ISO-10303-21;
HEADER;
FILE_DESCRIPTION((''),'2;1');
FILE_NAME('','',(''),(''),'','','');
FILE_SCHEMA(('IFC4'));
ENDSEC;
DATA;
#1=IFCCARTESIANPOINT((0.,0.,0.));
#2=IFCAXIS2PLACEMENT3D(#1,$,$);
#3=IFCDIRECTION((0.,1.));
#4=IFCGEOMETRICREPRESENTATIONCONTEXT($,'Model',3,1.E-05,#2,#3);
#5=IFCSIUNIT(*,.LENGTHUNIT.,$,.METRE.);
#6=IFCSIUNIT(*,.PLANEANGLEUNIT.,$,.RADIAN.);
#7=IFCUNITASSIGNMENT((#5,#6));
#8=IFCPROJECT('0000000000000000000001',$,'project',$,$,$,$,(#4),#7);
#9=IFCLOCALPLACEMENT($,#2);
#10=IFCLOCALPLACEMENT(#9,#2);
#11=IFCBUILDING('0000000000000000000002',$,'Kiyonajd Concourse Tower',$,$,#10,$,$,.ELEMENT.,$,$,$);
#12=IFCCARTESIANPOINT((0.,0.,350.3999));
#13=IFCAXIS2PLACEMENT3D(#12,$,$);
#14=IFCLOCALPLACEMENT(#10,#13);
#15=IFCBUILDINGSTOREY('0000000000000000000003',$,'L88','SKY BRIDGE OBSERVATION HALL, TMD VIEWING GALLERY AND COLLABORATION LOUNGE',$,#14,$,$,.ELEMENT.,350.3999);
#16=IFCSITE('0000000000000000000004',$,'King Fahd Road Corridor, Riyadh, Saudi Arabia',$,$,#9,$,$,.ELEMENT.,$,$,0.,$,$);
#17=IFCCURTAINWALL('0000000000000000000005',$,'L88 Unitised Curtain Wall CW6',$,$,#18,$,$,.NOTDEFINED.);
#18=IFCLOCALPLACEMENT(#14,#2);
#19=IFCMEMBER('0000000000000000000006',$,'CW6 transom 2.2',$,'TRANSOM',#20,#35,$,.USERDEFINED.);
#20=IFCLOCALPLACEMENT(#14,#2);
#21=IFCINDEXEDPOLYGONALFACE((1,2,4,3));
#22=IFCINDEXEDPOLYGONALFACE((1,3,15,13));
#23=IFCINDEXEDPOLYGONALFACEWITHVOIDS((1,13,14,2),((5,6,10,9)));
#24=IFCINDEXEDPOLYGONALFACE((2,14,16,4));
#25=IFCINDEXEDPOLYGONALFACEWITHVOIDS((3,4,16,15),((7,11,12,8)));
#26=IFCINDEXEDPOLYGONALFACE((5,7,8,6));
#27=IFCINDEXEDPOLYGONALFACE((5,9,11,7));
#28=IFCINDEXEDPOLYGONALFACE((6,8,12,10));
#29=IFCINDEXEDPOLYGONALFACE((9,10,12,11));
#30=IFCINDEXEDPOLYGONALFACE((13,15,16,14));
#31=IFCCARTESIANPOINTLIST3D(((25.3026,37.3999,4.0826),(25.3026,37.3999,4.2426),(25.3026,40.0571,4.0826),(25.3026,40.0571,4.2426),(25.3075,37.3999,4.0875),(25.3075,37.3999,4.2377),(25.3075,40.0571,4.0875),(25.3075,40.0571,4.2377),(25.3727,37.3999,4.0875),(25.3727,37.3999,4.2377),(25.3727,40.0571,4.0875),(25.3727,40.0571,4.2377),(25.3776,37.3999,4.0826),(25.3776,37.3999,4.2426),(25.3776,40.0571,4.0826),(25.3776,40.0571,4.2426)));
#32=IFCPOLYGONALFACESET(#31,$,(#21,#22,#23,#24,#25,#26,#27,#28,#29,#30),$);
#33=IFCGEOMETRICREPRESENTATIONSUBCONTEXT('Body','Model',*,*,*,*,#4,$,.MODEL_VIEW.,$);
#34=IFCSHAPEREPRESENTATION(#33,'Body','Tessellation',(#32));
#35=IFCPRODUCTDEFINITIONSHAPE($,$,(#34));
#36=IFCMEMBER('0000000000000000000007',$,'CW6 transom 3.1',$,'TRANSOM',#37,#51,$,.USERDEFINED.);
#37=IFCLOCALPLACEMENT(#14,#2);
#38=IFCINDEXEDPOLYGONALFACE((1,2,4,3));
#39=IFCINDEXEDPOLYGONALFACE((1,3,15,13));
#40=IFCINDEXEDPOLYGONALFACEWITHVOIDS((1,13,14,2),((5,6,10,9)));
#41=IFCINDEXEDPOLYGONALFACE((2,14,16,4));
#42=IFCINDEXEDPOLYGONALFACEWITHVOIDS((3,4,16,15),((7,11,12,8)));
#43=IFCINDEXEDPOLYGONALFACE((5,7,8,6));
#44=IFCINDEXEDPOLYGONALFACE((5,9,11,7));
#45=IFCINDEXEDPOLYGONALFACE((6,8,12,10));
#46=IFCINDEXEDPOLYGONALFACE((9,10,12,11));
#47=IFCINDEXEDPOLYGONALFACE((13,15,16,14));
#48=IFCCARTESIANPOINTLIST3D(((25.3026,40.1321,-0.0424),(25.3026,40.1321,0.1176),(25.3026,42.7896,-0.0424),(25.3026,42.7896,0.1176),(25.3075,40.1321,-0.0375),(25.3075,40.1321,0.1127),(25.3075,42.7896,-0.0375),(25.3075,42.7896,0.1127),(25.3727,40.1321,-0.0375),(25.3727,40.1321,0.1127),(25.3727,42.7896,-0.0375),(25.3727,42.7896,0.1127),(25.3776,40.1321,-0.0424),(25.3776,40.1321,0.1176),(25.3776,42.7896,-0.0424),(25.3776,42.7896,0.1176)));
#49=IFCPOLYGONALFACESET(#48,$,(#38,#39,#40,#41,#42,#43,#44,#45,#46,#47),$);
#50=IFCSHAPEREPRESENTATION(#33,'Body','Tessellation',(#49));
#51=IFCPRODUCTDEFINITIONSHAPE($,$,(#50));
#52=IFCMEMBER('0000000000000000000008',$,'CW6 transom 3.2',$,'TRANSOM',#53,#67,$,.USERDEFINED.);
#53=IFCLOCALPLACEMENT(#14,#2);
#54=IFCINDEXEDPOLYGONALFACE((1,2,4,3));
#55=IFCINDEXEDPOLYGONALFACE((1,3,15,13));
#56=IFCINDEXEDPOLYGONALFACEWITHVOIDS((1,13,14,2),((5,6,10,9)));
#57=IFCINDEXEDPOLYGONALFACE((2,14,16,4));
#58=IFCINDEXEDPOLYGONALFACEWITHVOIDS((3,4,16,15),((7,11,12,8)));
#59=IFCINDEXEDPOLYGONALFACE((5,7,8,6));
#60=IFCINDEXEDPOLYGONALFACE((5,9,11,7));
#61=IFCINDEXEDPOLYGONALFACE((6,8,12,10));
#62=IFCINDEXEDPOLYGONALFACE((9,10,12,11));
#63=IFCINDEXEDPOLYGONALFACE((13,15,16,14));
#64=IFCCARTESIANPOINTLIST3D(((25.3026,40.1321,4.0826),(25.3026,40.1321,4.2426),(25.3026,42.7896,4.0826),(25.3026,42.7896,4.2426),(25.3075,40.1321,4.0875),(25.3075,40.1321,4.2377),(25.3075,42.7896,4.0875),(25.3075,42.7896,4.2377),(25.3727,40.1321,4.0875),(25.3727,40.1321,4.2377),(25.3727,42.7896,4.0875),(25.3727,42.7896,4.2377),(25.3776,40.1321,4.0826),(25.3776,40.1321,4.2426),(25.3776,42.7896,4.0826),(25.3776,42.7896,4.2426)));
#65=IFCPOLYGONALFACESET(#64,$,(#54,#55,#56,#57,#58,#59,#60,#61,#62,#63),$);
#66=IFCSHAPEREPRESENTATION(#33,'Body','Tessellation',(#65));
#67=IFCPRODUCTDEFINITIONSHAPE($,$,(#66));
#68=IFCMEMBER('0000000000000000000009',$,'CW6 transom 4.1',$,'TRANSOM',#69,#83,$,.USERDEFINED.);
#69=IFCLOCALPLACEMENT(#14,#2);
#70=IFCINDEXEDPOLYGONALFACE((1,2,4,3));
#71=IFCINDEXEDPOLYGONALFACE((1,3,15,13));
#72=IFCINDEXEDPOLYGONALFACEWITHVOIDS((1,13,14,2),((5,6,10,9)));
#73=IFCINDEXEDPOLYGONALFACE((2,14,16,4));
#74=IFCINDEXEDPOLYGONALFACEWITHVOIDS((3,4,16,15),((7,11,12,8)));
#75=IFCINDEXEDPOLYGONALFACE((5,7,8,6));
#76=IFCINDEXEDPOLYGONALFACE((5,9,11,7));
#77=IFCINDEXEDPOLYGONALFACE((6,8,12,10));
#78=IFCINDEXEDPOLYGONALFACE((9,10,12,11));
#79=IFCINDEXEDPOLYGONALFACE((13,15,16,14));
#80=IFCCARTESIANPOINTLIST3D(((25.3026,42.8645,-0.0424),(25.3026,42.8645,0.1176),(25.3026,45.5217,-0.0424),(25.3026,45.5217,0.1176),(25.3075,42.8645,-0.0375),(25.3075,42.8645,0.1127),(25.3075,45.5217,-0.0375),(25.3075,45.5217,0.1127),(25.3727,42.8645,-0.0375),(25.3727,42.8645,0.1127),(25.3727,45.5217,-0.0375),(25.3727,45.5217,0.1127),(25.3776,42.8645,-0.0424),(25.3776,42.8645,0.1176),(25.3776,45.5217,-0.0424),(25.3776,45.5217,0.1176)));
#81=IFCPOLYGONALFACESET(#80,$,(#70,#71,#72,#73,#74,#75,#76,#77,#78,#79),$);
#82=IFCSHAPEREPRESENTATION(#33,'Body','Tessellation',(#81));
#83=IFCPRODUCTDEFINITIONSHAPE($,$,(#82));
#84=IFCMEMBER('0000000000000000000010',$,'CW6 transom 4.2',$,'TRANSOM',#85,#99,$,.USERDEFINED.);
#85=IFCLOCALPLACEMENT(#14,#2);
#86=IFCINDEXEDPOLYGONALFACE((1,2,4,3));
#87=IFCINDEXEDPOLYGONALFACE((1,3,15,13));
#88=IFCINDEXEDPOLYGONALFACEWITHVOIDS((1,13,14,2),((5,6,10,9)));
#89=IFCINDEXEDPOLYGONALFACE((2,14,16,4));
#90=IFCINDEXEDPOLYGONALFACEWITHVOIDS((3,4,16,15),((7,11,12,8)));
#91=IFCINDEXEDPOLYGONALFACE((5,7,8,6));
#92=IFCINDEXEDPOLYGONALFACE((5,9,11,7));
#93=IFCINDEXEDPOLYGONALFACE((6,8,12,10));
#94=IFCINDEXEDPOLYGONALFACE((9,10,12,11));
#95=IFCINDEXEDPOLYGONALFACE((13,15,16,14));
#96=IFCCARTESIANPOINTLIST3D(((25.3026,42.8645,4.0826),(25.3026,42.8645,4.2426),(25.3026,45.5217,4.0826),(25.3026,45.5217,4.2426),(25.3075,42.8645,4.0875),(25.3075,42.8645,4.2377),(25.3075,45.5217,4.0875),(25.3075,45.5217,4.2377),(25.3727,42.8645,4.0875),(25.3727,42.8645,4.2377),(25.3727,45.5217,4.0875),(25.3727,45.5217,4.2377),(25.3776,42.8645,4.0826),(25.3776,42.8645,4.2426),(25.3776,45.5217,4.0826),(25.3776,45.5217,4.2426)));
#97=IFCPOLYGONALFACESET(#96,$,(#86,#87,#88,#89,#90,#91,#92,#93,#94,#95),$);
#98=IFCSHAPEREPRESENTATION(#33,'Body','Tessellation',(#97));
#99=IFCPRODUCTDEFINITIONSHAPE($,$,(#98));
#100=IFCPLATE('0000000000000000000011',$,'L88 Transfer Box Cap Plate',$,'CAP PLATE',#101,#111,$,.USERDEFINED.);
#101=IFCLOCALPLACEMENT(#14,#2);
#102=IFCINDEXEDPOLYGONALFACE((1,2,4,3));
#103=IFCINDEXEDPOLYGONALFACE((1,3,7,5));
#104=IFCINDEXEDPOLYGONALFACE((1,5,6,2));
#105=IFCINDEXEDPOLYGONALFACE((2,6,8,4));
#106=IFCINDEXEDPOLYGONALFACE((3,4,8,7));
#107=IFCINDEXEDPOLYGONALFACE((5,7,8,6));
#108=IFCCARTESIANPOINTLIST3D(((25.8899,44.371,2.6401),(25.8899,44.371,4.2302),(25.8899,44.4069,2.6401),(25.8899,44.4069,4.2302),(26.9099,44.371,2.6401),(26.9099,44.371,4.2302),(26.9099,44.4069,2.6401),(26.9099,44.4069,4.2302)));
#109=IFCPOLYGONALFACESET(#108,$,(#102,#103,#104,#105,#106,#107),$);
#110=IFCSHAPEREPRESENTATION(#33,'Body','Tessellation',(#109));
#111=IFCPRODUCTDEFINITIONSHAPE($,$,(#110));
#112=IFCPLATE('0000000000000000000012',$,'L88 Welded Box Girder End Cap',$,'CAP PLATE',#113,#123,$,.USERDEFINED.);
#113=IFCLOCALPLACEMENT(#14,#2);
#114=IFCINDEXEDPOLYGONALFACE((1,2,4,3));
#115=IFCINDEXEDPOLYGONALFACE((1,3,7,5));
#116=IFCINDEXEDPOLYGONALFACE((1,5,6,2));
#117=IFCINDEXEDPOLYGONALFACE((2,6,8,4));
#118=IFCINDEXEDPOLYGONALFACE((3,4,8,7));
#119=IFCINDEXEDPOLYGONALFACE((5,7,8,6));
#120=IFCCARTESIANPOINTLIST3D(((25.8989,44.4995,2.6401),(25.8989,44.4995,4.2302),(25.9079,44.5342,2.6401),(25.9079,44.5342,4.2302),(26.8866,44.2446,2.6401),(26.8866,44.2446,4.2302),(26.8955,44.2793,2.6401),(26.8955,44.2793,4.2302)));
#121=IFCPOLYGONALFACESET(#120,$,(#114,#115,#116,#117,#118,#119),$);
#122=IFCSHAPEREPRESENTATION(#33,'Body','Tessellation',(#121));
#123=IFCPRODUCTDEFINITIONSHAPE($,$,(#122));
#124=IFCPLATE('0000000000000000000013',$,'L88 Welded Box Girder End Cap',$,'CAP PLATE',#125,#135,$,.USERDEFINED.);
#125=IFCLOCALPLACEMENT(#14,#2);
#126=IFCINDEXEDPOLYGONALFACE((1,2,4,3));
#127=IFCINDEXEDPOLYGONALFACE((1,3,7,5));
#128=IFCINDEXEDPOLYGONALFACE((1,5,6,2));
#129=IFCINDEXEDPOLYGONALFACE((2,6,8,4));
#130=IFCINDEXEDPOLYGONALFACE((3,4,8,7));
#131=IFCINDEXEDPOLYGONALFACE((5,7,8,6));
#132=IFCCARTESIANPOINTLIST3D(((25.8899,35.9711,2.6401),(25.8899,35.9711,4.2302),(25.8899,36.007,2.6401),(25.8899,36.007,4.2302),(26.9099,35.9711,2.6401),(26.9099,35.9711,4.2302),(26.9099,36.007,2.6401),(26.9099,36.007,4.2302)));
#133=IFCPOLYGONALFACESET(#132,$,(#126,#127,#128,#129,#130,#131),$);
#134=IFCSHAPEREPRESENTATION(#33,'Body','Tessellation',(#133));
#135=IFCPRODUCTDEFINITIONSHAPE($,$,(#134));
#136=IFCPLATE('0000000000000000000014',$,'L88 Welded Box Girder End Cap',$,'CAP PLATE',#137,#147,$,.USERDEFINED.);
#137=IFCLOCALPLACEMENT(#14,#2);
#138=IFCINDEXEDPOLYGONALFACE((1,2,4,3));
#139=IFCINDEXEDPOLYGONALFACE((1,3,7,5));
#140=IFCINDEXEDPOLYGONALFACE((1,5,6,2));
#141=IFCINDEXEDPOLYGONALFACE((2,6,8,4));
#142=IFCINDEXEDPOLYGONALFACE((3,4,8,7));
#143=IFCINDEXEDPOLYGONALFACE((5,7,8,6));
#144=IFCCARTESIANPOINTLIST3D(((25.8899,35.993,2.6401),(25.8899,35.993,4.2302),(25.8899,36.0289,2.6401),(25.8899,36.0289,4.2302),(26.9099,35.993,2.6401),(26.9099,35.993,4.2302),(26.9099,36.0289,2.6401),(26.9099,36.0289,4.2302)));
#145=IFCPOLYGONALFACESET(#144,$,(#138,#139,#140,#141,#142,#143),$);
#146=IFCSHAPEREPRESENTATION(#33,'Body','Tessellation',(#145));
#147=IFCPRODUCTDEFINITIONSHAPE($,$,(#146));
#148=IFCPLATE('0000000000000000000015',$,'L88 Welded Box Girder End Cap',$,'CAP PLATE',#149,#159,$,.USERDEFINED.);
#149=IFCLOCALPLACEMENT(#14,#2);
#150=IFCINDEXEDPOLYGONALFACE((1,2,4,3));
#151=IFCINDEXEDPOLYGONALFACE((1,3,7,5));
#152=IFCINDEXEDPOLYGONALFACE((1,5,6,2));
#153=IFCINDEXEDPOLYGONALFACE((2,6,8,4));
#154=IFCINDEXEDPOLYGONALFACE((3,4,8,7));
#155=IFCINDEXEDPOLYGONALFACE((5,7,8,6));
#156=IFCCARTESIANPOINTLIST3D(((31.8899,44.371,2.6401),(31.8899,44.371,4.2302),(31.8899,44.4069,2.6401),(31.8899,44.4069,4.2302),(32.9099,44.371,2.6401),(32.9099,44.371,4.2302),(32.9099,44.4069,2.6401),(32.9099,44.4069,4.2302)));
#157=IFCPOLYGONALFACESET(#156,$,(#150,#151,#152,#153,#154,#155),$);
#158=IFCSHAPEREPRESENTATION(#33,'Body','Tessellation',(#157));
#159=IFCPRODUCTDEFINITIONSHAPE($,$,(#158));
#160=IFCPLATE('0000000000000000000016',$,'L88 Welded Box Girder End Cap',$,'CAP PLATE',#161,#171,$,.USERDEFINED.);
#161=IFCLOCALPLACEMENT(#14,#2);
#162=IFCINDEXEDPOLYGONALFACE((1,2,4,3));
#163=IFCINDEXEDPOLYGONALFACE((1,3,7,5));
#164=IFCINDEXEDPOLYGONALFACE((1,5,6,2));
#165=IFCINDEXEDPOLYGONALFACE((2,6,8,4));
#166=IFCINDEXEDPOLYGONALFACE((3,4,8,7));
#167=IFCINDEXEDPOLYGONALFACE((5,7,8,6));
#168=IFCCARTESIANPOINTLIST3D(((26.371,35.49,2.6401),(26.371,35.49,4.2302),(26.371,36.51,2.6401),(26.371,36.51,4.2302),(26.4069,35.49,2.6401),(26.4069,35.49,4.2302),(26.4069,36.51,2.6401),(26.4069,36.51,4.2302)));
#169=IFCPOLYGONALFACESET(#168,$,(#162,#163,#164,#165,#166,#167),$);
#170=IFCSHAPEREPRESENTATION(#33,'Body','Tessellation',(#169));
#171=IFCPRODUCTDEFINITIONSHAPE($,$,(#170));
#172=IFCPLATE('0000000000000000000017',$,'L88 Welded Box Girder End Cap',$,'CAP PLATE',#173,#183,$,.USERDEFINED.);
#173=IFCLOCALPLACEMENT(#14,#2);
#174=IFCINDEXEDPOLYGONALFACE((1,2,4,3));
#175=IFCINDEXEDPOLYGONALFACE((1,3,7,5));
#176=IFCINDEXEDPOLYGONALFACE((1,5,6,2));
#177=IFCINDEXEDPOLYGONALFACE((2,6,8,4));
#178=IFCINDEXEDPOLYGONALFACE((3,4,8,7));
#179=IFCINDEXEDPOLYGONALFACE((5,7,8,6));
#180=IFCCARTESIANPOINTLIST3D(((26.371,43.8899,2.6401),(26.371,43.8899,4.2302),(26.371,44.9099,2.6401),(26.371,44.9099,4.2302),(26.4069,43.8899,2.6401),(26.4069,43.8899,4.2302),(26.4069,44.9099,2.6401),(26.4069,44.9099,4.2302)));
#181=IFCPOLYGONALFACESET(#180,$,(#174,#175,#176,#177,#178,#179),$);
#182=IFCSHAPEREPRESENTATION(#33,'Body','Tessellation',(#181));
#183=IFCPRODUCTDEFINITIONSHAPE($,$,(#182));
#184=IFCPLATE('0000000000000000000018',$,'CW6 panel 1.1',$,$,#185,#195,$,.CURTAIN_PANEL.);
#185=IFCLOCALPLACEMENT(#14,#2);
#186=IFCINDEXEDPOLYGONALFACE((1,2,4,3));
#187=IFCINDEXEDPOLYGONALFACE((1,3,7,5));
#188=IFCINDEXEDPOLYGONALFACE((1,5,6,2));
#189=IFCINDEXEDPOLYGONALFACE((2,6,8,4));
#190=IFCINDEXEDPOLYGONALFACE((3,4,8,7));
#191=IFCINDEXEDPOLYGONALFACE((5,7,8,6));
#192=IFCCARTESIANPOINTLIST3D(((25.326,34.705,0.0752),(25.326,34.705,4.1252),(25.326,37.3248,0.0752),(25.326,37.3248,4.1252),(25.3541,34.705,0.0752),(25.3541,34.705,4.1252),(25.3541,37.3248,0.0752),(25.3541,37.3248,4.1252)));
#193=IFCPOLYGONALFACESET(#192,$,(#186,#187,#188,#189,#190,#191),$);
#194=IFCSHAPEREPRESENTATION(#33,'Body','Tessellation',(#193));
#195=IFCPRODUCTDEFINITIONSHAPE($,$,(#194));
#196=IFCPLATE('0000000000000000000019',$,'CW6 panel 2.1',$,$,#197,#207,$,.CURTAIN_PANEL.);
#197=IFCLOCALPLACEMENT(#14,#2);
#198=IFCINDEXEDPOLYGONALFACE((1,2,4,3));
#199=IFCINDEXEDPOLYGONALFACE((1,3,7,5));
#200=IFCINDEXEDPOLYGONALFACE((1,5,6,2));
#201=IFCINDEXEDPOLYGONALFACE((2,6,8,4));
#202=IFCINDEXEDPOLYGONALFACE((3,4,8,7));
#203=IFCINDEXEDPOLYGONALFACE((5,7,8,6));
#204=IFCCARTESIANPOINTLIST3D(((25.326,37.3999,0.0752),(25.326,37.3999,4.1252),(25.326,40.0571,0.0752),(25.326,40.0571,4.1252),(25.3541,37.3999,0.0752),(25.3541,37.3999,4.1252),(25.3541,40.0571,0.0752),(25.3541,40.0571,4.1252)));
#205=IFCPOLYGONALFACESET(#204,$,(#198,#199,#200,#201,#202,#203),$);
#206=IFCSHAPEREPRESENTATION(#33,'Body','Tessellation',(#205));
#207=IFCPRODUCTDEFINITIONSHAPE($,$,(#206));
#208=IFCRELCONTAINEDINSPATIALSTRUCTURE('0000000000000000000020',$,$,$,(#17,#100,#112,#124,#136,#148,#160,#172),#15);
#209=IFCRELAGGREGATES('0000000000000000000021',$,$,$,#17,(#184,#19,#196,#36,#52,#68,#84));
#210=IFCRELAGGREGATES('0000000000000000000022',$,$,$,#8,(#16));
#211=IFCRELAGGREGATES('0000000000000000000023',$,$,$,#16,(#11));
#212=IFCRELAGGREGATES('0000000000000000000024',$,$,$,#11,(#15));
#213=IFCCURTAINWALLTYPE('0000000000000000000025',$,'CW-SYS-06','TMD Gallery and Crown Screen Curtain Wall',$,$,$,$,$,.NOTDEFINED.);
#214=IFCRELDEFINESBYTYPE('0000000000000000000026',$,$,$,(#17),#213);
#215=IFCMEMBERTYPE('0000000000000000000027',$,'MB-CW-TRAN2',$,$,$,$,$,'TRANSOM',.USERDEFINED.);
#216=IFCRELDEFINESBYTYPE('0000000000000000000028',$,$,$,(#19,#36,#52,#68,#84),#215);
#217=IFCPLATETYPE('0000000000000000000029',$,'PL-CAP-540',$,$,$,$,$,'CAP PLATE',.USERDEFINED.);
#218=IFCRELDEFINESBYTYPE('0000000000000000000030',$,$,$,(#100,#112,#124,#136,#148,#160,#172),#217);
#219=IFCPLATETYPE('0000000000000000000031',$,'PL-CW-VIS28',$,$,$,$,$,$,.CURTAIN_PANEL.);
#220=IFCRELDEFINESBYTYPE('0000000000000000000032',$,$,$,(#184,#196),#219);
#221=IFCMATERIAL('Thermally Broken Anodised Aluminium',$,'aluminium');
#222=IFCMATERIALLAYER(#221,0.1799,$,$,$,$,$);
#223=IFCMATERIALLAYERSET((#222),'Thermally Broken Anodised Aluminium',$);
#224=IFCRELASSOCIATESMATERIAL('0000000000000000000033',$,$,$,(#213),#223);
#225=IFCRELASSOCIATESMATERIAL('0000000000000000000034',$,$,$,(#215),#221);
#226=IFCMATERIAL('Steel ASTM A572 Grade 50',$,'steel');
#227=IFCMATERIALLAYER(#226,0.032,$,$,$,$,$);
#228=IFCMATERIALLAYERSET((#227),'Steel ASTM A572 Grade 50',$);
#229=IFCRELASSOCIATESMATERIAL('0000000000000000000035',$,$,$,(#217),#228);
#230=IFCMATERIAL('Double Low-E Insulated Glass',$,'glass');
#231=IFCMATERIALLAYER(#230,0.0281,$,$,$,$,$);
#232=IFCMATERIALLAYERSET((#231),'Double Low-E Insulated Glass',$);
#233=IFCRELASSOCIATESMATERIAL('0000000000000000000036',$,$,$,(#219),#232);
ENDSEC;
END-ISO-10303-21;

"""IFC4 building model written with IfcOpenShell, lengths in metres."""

from ifc_helpers import new_model, si_unit, direction, frame, origin, origin_2d, place, context, subcontext, project, spatial, rectangle, hollow_rectangle, extrude, material, layer, layer_set, material_profile, profile_set, type_object, element, aggregate, save


model = new_model("IFC4")

# Units and contexts
model_context = context("Model", 3, precision=1e-05, world=origin(), true_north=direction((0.0, 1.0)))
body_context = subcontext(model_context, "Body", "Model", "MODEL_VIEW")
ifc_project = project(units=[si_unit("LENGTHUNIT", "METRE"), si_unit("PLANEANGLEUNIT", "RADIAN")], contexts=[model_context])

# Site, building, storey
site_placement = place(None, origin())
site = spatial("IfcSite", under=ifc_project, at=site_placement, Name="King Fahd Road Corridor, Riyadh, Saudi Arabia", CompositionType="ELEMENT", RefElevation=0.0)
building_placement = place(site_placement, origin())
building = spatial("IfcBuilding", under=site, at=building_placement, Name="Kiyonajd Concourse Tower", CompositionType="ELEMENT")
storey_placement = place(building_placement, frame((0.0, 0.0, 350.3999)))
storey = spatial("IfcBuildingStorey", under=building, at=storey_placement, Name="L88", Description="SKY BRIDGE OBSERVATION HALL, TMD VIEWING GALLERY AND COLLABORATION LOUNGE", CompositionType="ELEMENT", Elevation=350.3999)

# Shared definitions
ifc_material_1 = material(Name="Steel ASTM A572 Grade 50", Category="steel")

# Curtain wall, members
ifc_material_2 = material(Name="Thermally Broken Anodised Aluminium", Category="aluminium")
ifc_layer_1 = layer(ifc_material_2, 0.1799)
ifc_layer_set_1 = layer_set([ifc_layer_1], Name="Thermally Broken Anodised Aluminium")
curtain_wall_type = type_object("IfcCurtainWallType", Name="CW-SYS-06", Description="TMD Gallery and Crown Screen Curtain Wall", PredefinedType="NOTDEFINED", material=ifc_layer_set_1)
curtain_wall_placement = place(storey_placement, origin())
curtain_wall = element("IfcCurtainWall", 1, at=curtain_wall_placement, inside=storey, type_object=curtain_wall_type, Name="L88 Unitised Curtain Wall CW6", PredefinedType="NOTDEFINED")
ifc_material_profile_1 = material_profile(ifc_material_2, hollow_rectangle(XDim=0.075, YDim=0.1599, WallThickness=0.0049, at=origin_2d()), Name="TRAN-75x160")
ifc_profile_set_1 = profile_set([ifc_material_profile_1], Name="Thermally Broken Anodised Aluminium")
member_type_1 = type_object("IfcMemberType", Name="MB-CW-TRAN2", ElementType="TRANSOM", PredefinedType="USERDEFINED", material=ifc_profile_set_1)
member_1_placement = place(storey_placement, frame((25.3401, 37.3999, 4.1626), z_axis=(0.0, 1.0, 0.0), x_axis=(-1.0, 0.0, 0.0)))
member_1 = element("IfcMember", 2, at=member_1_placement, type_object=member_type_1, Name="CW6 transom 2.2", ObjectType="TRANSOM", PredefinedType="USERDEFINED", context=body_context, shape_type="SweptSolid", body=[
    extrude(hollow_rectangle(XDim=0.075, YDim=0.1599, WallThickness=0.0049, at=origin_2d()), origin(), (0.0, 0.0, 1.0), 2.6572),
])
member_2_placement = place(storey_placement, frame((25.3401, 40.1321, 0.0376), z_axis=(0.0, 1.0, 0.0), x_axis=(-1.0, 0.0, 0.0)))
member_2 = element("IfcMember", 3, at=member_2_placement, type_object=member_type_1, Name="CW6 transom 3.1", ObjectType="TRANSOM", PredefinedType="USERDEFINED", context=body_context, shape_type="SweptSolid", body=[
    extrude(hollow_rectangle(XDim=0.075, YDim=0.1599, WallThickness=0.0049, at=origin_2d()), origin(), (0.0, 0.0, 1.0), 2.6575),
])
member_3_placement = place(storey_placement, frame((25.3401, 40.1321, 4.1626), z_axis=(0.0, 1.0, 0.0), x_axis=(-1.0, 0.0, 0.0)))
member_3 = element("IfcMember", 4, at=member_3_placement, type_object=member_type_1, Name="CW6 transom 3.2", ObjectType="TRANSOM", PredefinedType="USERDEFINED", context=body_context, shape_type="SweptSolid", body=[
    extrude(hollow_rectangle(XDim=0.075, YDim=0.1599, WallThickness=0.0049, at=origin_2d()), origin(), (0.0, 0.0, 1.0), 2.6575),
])
member_4_placement = place(storey_placement, frame((25.3401, 42.8645, 0.0376), z_axis=(0.0, 1.0, 0.0), x_axis=(-1.0, 0.0, 0.0)))
member_4 = element("IfcMember", 5, at=member_4_placement, type_object=member_type_1, Name="CW6 transom 4.1", ObjectType="TRANSOM", PredefinedType="USERDEFINED", context=body_context, shape_type="SweptSolid", body=[
    extrude(hollow_rectangle(XDim=0.075, YDim=0.1599, WallThickness=0.0049, at=origin_2d()), origin(), (0.0, 0.0, 1.0), 2.6572),
])
member_5_placement = place(storey_placement, frame((25.3401, 42.8645, 4.1626), z_axis=(0.0, 1.0, 0.0), x_axis=(-1.0, 0.0, 0.0)))
member_5 = element("IfcMember", 6, at=member_5_placement, type_object=member_type_1, Name="CW6 transom 4.2", ObjectType="TRANSOM", PredefinedType="USERDEFINED", context=body_context, shape_type="SweptSolid", body=[
    extrude(hollow_rectangle(XDim=0.075, YDim=0.1599, WallThickness=0.0049, at=origin_2d()), origin(), (0.0, 0.0, 1.0), 2.6572),
])

# Plates
ifc_layer_2 = layer(ifc_material_1, 0.032)
ifc_layer_set_2 = layer_set([ifc_layer_2], Name="Steel ASTM A572 Grade 50")
plate_type_1 = type_object("IfcPlateType", Name="PL-CAP-540", ElementType="CAP PLATE", PredefinedType="USERDEFINED", material=ifc_layer_set_2)
for number, where, z_axis, x_axis, name in (
    (7, (26.3999, 44.3889, 2.6401), (0.0, 0.0, 1.0), (0.0, -1.0, 0.0), "L88 Transfer Box Cap Plate"),
    (8, (26.3972, 44.3894, 2.6401), (0.0, 0.0, 1.0), (-0.249873, -0.968279, 0.0), "L88 Welded Box Girder End Cap"),
    (9, (26.3999, 35.989, 2.6401), (0.0, 0.0, 1.0), (0.0, -1.0, 0.0), "L88 Welded Box Girder End Cap"),
    (10, (26.3999, 36.011, 2.6401), (0.0, 0.0, 1.0), (0.0, 1.0, 0.0), "L88 Welded Box Girder End Cap"),
    (11, (32.3999, 44.3889, 2.6401), (0.0, 0.0, 1.0), (0.0, -1.0, 0.0), "L88 Welded Box Girder End Cap"),
    (12, (26.3889, 36.0, 2.6401), (0.0, 0.0, 1.0), (-1.0, 0.0, 0.0), "L88 Welded Box Girder End Cap"),
    (13, (26.3889, 44.3999, 2.6401), (0.0, 0.0, 1.0), (-1.0, 0.0, 0.0), "L88 Welded Box Girder End Cap"),
):
    element("IfcPlate", number, at=place(storey_placement, frame(where, z_axis=z_axis, x_axis=x_axis)), inside=storey, type_object=plate_type_1, Name=name, ObjectType="CAP PLATE", PredefinedType="USERDEFINED", context=body_context, shape_type="SweptSolid", body=[
        extrude(rectangle(XDim=0.0359, YDim=1.02, at=origin_2d()), origin(), (0.0, 0.0, 1.0), 1.5901),
    ])

# Plates
ifc_material_3 = material(Name="Double Low-E Insulated Glass", Category="glass")
ifc_layer_3 = layer(ifc_material_3, 0.0281)
ifc_layer_set_3 = layer_set([ifc_layer_3], Name="Double Low-E Insulated Glass")
plate_type_2 = type_object("IfcPlateType", Name="PL-CW-VIS28", PredefinedType="CURTAIN_PANEL", material=ifc_layer_set_3)
plate_1_placement = place(storey_placement, frame((25.3401, 36.0149, 0.0752), z_axis=(0.0, 0.0, 1.0), x_axis=(0.0, 1.0, 0.0)))
plate_1 = element("IfcPlate", 14, at=plate_1_placement, type_object=plate_type_2, Name="CW6 panel 1.1", PredefinedType="CURTAIN_PANEL", context=body_context, shape_type="SweptSolid", body=[
    extrude(rectangle(XDim=2.6199, YDim=0.0281, at=origin_2d()), origin(), (0.0, 0.0, 1.0), 4.05),
])
plate_2_placement = place(storey_placement, frame((25.3401, 38.7285, 0.0752), z_axis=(0.0, 0.0, 1.0), x_axis=(0.0, 1.0, 0.0)))
plate_2 = element("IfcPlate", 15, at=plate_2_placement, type_object=plate_type_2, Name="CW6 panel 2.1", PredefinedType="CURTAIN_PANEL", context=body_context, shape_type="SweptSolid", body=[
    extrude(rectangle(XDim=2.6572, YDim=0.0281, at=origin_2d()), origin(), (0.0, 0.0, 1.0), 4.05),
])
aggregate(curtain_wall, [plate_1, member_1, plate_2, member_2, member_3, member_4, member_5])

save(model, "model.ifc")
